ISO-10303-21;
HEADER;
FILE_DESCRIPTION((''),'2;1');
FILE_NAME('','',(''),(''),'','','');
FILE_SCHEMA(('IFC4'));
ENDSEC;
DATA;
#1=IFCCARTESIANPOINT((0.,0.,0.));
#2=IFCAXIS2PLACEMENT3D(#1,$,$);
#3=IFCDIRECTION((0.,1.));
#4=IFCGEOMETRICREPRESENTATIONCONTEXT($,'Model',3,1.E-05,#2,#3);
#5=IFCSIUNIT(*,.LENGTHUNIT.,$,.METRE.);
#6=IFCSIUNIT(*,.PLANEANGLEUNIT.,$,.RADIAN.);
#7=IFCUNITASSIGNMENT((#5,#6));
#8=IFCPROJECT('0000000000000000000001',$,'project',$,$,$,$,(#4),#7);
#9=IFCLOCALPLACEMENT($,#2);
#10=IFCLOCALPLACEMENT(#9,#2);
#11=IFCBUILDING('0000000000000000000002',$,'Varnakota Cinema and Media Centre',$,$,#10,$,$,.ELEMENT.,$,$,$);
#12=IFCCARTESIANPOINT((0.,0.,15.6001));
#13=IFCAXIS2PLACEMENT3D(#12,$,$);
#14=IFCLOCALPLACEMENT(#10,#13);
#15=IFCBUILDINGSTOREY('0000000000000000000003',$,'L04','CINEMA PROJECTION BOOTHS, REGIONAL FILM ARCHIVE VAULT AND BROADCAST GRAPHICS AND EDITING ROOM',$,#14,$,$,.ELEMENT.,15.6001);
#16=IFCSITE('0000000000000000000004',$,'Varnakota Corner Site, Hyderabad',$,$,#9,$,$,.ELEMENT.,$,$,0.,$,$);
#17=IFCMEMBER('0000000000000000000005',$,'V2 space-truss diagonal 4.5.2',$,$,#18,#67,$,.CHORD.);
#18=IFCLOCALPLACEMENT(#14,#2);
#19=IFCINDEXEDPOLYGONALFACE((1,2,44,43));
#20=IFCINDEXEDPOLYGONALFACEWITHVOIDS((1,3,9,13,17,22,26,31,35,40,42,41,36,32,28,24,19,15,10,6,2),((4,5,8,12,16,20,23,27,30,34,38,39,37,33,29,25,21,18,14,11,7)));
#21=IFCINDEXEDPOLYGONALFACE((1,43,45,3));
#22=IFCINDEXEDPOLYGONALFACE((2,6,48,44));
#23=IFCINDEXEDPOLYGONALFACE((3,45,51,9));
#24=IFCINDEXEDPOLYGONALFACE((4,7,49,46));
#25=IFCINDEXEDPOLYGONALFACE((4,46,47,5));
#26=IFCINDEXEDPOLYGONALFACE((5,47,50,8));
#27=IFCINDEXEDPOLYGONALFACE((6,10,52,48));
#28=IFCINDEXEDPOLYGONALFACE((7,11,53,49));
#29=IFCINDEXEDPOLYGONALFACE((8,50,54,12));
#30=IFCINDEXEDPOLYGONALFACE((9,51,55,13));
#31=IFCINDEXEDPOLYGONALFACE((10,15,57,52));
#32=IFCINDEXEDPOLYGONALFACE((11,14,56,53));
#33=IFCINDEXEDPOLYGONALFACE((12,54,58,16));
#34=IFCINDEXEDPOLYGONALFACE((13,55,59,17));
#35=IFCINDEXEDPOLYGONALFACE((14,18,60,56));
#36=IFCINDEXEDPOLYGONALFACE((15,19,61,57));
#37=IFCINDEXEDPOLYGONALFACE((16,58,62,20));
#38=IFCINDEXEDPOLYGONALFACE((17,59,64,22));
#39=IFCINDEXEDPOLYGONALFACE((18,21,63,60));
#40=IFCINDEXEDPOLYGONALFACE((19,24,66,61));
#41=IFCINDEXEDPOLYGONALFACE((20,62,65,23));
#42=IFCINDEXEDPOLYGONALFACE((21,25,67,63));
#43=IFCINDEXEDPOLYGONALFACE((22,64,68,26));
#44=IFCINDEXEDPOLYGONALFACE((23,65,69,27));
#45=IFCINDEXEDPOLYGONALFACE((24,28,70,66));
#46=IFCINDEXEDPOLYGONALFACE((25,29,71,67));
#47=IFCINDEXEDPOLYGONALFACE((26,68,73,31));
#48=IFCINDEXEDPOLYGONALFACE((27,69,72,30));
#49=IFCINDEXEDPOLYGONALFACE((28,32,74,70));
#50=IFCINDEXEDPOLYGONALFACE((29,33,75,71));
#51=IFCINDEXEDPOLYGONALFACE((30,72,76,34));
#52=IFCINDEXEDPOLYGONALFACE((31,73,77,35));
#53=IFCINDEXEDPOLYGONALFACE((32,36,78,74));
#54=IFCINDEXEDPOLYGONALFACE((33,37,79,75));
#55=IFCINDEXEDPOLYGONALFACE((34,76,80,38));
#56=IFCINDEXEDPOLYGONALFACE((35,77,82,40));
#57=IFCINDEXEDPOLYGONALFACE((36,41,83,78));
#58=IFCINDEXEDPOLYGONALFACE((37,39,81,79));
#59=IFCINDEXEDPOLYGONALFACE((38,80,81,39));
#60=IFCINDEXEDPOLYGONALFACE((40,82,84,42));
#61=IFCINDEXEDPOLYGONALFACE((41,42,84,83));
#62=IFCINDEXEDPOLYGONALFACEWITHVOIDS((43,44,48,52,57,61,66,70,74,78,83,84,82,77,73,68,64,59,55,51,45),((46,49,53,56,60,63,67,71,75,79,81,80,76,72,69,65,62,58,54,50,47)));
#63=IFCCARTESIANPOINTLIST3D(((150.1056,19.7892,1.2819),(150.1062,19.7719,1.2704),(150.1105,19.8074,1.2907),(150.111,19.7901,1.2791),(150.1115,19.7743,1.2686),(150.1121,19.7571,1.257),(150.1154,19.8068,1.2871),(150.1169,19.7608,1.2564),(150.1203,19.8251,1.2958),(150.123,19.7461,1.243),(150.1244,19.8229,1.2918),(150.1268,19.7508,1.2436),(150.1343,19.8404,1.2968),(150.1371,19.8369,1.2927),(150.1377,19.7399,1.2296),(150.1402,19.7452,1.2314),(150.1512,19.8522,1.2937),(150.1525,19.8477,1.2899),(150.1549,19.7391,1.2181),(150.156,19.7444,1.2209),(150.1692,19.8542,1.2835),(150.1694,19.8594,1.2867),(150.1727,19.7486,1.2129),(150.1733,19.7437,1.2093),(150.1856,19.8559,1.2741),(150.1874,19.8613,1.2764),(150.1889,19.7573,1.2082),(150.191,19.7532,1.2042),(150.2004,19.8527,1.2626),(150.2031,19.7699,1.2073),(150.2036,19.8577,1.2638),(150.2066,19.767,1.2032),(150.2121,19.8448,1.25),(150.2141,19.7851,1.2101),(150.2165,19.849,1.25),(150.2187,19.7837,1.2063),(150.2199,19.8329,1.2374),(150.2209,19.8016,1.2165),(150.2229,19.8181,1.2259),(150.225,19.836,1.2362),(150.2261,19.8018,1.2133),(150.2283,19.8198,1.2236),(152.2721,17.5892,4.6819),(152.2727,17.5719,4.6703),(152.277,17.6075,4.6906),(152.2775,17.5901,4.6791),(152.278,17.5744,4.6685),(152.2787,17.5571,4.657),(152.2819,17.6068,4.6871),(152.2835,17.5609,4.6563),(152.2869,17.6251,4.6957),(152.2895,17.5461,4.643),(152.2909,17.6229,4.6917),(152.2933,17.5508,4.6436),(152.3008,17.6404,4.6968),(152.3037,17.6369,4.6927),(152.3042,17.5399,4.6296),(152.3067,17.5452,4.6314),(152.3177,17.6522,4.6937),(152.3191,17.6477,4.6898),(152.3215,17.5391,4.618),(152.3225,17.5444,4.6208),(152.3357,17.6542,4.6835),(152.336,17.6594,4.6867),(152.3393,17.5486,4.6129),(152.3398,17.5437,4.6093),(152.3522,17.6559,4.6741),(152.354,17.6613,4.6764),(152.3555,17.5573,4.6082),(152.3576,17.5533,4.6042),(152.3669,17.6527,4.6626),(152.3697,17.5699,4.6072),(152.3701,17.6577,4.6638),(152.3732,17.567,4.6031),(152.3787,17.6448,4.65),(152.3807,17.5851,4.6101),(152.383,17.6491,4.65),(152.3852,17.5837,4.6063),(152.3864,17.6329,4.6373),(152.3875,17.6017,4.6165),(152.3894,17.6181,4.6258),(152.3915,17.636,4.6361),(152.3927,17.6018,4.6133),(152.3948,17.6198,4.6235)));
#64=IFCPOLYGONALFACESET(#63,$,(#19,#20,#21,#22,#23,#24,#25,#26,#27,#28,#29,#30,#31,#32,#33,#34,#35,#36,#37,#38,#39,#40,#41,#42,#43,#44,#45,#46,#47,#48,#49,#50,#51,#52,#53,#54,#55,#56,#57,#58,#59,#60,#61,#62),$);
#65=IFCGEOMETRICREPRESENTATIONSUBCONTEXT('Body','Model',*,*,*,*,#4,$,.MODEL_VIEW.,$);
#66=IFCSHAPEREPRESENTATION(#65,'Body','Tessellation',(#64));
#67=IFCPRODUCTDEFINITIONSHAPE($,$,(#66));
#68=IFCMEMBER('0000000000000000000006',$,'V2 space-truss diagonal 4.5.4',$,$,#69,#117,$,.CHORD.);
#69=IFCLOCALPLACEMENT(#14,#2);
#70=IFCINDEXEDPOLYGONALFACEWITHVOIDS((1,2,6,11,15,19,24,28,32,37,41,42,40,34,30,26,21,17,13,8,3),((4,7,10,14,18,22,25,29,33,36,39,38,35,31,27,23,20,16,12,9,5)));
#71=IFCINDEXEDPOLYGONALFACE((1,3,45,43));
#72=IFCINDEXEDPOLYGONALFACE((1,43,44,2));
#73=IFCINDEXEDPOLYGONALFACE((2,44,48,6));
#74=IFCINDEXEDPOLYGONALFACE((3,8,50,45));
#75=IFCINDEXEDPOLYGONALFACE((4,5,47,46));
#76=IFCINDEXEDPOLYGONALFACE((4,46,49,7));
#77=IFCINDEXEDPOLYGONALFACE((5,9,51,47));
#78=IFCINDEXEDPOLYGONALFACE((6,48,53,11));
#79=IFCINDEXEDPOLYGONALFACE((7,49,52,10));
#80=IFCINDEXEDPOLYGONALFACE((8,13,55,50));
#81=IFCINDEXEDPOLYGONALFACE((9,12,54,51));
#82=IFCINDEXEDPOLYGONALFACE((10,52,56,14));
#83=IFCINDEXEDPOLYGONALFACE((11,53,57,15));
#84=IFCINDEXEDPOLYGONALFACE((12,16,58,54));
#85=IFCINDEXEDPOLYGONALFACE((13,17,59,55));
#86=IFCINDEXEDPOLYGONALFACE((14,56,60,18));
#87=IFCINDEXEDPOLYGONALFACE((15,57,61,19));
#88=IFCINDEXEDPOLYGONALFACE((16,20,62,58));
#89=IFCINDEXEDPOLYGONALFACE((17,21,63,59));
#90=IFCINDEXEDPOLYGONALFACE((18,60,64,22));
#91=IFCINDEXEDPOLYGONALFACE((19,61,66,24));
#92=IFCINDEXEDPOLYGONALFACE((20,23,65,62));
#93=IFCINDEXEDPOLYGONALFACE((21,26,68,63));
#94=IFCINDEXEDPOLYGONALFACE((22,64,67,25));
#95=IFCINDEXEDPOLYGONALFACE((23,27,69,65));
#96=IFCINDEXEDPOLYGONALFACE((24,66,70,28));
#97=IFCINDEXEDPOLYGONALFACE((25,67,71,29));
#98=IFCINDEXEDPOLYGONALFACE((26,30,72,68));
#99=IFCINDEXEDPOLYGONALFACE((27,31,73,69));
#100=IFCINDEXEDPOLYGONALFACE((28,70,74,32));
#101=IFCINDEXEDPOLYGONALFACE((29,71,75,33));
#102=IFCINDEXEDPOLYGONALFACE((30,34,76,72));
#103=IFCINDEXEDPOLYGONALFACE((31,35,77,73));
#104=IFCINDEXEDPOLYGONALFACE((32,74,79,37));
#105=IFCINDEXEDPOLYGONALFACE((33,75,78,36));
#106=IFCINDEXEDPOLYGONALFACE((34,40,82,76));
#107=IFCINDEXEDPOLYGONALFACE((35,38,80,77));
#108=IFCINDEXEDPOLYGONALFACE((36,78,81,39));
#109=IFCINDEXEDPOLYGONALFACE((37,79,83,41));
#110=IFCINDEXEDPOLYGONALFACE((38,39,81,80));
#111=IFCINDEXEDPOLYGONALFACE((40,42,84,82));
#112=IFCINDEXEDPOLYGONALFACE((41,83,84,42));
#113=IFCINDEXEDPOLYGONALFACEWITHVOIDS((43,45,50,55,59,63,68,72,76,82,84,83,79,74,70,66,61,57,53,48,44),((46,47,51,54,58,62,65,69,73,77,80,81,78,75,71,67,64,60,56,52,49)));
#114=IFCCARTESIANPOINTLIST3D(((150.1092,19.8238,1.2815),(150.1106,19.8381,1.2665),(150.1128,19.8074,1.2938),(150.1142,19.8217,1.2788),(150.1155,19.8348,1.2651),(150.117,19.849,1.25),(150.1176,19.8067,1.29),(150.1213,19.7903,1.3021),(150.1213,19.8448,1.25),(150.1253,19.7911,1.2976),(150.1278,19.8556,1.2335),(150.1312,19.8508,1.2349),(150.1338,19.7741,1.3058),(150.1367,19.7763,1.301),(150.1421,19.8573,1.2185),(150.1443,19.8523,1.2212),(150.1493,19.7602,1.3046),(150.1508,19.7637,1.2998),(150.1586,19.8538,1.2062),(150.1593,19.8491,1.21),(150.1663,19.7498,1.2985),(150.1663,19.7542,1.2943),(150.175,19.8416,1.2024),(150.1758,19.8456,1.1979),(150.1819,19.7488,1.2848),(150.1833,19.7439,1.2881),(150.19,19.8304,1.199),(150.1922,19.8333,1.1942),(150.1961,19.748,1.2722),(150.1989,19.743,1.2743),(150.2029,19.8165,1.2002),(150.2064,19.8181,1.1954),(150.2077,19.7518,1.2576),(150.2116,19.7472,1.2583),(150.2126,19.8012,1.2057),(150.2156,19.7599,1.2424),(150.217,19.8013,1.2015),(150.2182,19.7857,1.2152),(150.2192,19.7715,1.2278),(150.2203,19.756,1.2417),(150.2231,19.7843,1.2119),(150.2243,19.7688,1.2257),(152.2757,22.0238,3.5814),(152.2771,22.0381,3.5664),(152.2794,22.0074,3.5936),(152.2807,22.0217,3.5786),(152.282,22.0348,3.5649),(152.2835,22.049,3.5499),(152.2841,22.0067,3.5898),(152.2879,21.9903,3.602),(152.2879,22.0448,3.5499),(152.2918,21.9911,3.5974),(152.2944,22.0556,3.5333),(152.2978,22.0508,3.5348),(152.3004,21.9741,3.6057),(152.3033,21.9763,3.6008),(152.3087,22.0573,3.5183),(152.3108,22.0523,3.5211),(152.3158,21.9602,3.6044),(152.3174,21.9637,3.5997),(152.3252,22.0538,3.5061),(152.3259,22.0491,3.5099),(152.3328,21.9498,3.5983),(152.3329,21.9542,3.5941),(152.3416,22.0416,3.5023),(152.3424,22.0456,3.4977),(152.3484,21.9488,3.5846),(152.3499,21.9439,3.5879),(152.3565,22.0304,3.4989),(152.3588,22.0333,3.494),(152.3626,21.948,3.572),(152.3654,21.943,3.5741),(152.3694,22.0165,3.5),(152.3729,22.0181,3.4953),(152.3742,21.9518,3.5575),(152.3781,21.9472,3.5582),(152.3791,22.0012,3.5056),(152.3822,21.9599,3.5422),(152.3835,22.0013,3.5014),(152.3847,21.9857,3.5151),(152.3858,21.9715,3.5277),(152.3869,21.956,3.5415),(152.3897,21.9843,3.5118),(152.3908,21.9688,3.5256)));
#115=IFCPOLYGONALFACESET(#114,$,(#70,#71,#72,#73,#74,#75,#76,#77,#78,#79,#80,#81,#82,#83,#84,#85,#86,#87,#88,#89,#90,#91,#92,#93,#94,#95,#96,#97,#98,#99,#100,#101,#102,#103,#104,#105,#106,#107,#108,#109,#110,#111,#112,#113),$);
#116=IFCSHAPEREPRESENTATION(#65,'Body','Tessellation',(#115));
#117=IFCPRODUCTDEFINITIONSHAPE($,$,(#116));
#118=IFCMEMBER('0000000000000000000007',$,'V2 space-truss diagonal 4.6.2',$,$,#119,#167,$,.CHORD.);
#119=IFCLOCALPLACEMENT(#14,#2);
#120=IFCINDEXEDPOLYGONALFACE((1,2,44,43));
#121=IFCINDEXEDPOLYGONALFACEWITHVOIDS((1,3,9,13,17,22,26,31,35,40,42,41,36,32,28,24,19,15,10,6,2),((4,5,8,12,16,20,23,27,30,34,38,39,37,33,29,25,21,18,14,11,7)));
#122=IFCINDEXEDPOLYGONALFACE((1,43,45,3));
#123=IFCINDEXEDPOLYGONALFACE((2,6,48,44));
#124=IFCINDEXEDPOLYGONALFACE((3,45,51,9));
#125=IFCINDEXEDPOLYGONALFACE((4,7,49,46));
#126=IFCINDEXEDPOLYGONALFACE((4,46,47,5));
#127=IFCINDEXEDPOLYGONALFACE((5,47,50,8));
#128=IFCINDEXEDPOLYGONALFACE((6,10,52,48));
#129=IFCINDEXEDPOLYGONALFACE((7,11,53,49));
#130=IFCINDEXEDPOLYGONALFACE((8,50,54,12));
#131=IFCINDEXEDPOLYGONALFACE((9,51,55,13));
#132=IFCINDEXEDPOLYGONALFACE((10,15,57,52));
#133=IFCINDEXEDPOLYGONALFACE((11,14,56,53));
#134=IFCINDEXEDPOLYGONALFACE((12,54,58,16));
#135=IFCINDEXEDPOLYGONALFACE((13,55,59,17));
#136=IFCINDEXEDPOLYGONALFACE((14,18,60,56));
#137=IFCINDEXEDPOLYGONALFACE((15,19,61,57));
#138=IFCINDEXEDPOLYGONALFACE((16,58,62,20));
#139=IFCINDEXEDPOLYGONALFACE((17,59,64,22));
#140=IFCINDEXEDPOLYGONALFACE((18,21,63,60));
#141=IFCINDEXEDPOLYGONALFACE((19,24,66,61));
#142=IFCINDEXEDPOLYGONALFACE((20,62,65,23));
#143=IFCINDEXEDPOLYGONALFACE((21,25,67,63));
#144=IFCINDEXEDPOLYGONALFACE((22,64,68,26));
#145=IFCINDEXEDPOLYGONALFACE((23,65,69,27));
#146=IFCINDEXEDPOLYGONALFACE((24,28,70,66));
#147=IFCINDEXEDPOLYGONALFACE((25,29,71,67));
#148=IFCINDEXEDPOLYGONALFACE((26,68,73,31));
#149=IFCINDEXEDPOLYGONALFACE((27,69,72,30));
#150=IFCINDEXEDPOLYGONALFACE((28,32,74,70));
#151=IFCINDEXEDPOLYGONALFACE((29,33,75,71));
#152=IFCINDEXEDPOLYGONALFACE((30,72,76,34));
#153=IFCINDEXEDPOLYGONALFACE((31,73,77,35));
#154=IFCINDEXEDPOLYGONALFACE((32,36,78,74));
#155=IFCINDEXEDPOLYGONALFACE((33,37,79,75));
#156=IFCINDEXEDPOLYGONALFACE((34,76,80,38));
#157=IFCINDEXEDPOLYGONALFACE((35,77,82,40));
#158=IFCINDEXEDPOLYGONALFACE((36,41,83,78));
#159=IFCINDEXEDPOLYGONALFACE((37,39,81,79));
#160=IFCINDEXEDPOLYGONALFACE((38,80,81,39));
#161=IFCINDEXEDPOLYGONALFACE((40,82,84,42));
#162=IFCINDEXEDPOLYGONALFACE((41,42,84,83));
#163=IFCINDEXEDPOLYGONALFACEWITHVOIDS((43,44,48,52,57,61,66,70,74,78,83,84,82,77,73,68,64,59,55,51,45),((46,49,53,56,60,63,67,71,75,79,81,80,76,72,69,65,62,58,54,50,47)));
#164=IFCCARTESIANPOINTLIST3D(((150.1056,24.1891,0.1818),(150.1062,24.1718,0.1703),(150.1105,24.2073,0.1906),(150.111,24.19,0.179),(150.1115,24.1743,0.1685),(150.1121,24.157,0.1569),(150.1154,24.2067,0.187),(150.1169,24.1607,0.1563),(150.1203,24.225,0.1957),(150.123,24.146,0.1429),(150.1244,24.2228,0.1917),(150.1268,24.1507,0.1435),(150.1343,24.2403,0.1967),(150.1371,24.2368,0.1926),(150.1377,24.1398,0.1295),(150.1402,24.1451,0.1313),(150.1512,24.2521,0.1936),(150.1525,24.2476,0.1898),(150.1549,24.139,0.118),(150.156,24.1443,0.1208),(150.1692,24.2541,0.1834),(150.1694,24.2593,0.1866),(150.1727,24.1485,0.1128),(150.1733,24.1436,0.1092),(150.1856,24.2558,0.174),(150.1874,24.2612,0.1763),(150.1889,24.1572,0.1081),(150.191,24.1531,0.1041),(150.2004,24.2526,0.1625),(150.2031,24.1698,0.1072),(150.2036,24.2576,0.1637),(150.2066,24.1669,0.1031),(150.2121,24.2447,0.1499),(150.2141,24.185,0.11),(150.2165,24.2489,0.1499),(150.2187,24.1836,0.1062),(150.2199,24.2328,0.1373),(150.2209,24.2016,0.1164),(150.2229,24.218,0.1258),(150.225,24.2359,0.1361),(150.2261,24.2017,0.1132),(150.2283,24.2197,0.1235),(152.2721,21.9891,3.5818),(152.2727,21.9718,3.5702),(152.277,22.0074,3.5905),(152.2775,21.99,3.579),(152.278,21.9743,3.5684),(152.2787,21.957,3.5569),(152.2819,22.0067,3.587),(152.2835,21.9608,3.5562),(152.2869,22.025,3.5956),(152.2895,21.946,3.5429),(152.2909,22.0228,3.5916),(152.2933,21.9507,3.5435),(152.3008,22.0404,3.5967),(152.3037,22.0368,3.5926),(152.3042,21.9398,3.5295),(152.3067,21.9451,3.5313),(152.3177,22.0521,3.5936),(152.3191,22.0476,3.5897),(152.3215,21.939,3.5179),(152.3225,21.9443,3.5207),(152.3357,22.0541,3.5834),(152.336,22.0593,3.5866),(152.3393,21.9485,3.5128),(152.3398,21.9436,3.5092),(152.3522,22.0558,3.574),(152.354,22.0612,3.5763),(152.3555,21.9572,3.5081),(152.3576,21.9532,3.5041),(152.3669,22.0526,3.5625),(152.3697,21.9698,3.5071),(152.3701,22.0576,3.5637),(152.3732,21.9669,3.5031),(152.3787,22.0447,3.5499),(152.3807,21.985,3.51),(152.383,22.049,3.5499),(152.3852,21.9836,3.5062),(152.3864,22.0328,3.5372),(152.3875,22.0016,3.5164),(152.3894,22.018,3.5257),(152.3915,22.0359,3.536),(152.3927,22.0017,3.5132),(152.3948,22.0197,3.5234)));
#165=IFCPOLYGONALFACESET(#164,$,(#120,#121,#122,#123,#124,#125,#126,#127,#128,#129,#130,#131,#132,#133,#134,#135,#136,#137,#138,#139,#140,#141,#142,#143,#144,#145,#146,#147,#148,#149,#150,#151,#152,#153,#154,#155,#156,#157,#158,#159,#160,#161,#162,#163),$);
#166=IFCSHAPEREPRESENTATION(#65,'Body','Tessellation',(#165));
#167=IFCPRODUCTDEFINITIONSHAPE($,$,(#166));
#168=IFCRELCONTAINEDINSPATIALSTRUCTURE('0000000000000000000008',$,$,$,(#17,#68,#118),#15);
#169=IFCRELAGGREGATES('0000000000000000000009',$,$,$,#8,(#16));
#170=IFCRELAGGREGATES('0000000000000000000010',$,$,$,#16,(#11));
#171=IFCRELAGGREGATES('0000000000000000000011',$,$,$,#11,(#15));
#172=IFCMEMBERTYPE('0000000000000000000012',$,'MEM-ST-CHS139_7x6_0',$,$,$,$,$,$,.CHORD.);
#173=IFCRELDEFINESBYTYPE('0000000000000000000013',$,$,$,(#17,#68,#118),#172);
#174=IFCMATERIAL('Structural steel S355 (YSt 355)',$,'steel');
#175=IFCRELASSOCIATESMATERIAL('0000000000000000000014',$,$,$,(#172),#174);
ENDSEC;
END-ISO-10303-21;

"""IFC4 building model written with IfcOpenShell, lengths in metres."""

from ifc_helpers import new_model, si_unit, direction, frame, origin, origin_2d, place, context, subcontext, project, spatial, hollow_circle, extrude, material, material_profile, profile_set, type_object, element, save


model = new_model("IFC4")

# Units and contexts
model_context = context("Model", 3, precision=1e-05, world=origin(), true_north=direction((0.0, 1.0)))
body_context = subcontext(model_context, "Body", "Model", "MODEL_VIEW")
ifc_project = project(units=[si_unit("LENGTHUNIT", "METRE"), si_unit("PLANEANGLEUNIT", "RADIAN")], contexts=[model_context])

# Site, building, storey
site_placement = place(None, origin())
site = spatial("IfcSite", under=ifc_project, at=site_placement, Name="Varnakota Corner Site, Hyderabad", CompositionType="ELEMENT", RefElevation=0.0)
building_placement = place(site_placement, origin())
building = spatial("IfcBuilding", under=site, at=building_placement, Name="Varnakota Cinema and Media Centre", CompositionType="ELEMENT")
storey_placement = place(building_placement, frame((0.0, 0.0, 15.6001)))
storey = spatial("IfcBuildingStorey", under=building, at=storey_placement, Name="L04", Description="CINEMA PROJECTION BOOTHS, REGIONAL FILM ARCHIVE VAULT AND BROADCAST GRAPHICS AND EDITING ROOM", CompositionType="ELEMENT", Elevation=15.6001)

# Members
ifc_material_1 = material(Name="Structural steel S355 (YSt 355)", Category="steel")
ifc_material_profile_1 = material_profile(ifc_material_1, hollow_circle(Radius=0.0698, WallThickness=0.0061, at=origin_2d()), Name="CHS 139.7x6.0")
ifc_profile_set_1 = profile_set([ifc_material_profile_1], Name="Structural steel S355 (YSt 355)")
member_type_1 = type_object("IfcMemberType", Name="MEM-ST-CHS139_7x6_0", PredefinedType="CHORD", material=ifc_profile_set_1)
member_1_placement = place(storey_placement, frame((150.1667, 19.8, 1.25), z_axis=(0.471728, -0.479011, 0.740285), x_axis=(0.712502, 0.70167, 0.0)))
element("IfcMember", 1, at=member_1_placement, inside=storey, type_object=member_type_1, Name="V2 space-truss diagonal 4.5.2", PredefinedType="CHORD", context=body_context, shape_type="SweptSolid", body=[
    extrude(hollow_circle(Radius=0.0698, WallThickness=0.0061, at=origin_2d()), origin(), (0.0, 0.0, 1.0), 4.5928),
])
member_2_placement = place(storey_placement, frame((150.1667, 19.8, 1.25), z_axis=(0.562726, 0.571413, 0.597349), x_axis=(-0.712502, 0.70167, 0.0)))
element("IfcMember", 2, at=member_2_placement, inside=storey, type_object=member_type_1, Name="V2 space-truss diagonal 4.5.4", PredefinedType="CHORD", context=body_context, shape_type="SweptSolid", body=[
    extrude(hollow_circle(Radius=0.0698, WallThickness=0.0061, at=origin_2d()), origin(), (0.0, 0.0, 1.0), 3.8501),
])
member_3_placement = place(storey_placement, frame((150.1667, 24.2, 0.1499), z_axis=(0.471728, -0.479011, 0.740285), x_axis=(0.712502, 0.70167, 0.0)))
element("IfcMember", 3, at=member_3_placement, inside=storey, type_object=member_type_1, Name="V2 space-truss diagonal 4.6.2", PredefinedType="CHORD", context=body_context, shape_type="SweptSolid", body=[
    extrude(hollow_circle(Radius=0.0698, WallThickness=0.0061, at=origin_2d()), origin(), (0.0, 0.0, 1.0), 4.5928),
])

save(model, "model.ifc")
